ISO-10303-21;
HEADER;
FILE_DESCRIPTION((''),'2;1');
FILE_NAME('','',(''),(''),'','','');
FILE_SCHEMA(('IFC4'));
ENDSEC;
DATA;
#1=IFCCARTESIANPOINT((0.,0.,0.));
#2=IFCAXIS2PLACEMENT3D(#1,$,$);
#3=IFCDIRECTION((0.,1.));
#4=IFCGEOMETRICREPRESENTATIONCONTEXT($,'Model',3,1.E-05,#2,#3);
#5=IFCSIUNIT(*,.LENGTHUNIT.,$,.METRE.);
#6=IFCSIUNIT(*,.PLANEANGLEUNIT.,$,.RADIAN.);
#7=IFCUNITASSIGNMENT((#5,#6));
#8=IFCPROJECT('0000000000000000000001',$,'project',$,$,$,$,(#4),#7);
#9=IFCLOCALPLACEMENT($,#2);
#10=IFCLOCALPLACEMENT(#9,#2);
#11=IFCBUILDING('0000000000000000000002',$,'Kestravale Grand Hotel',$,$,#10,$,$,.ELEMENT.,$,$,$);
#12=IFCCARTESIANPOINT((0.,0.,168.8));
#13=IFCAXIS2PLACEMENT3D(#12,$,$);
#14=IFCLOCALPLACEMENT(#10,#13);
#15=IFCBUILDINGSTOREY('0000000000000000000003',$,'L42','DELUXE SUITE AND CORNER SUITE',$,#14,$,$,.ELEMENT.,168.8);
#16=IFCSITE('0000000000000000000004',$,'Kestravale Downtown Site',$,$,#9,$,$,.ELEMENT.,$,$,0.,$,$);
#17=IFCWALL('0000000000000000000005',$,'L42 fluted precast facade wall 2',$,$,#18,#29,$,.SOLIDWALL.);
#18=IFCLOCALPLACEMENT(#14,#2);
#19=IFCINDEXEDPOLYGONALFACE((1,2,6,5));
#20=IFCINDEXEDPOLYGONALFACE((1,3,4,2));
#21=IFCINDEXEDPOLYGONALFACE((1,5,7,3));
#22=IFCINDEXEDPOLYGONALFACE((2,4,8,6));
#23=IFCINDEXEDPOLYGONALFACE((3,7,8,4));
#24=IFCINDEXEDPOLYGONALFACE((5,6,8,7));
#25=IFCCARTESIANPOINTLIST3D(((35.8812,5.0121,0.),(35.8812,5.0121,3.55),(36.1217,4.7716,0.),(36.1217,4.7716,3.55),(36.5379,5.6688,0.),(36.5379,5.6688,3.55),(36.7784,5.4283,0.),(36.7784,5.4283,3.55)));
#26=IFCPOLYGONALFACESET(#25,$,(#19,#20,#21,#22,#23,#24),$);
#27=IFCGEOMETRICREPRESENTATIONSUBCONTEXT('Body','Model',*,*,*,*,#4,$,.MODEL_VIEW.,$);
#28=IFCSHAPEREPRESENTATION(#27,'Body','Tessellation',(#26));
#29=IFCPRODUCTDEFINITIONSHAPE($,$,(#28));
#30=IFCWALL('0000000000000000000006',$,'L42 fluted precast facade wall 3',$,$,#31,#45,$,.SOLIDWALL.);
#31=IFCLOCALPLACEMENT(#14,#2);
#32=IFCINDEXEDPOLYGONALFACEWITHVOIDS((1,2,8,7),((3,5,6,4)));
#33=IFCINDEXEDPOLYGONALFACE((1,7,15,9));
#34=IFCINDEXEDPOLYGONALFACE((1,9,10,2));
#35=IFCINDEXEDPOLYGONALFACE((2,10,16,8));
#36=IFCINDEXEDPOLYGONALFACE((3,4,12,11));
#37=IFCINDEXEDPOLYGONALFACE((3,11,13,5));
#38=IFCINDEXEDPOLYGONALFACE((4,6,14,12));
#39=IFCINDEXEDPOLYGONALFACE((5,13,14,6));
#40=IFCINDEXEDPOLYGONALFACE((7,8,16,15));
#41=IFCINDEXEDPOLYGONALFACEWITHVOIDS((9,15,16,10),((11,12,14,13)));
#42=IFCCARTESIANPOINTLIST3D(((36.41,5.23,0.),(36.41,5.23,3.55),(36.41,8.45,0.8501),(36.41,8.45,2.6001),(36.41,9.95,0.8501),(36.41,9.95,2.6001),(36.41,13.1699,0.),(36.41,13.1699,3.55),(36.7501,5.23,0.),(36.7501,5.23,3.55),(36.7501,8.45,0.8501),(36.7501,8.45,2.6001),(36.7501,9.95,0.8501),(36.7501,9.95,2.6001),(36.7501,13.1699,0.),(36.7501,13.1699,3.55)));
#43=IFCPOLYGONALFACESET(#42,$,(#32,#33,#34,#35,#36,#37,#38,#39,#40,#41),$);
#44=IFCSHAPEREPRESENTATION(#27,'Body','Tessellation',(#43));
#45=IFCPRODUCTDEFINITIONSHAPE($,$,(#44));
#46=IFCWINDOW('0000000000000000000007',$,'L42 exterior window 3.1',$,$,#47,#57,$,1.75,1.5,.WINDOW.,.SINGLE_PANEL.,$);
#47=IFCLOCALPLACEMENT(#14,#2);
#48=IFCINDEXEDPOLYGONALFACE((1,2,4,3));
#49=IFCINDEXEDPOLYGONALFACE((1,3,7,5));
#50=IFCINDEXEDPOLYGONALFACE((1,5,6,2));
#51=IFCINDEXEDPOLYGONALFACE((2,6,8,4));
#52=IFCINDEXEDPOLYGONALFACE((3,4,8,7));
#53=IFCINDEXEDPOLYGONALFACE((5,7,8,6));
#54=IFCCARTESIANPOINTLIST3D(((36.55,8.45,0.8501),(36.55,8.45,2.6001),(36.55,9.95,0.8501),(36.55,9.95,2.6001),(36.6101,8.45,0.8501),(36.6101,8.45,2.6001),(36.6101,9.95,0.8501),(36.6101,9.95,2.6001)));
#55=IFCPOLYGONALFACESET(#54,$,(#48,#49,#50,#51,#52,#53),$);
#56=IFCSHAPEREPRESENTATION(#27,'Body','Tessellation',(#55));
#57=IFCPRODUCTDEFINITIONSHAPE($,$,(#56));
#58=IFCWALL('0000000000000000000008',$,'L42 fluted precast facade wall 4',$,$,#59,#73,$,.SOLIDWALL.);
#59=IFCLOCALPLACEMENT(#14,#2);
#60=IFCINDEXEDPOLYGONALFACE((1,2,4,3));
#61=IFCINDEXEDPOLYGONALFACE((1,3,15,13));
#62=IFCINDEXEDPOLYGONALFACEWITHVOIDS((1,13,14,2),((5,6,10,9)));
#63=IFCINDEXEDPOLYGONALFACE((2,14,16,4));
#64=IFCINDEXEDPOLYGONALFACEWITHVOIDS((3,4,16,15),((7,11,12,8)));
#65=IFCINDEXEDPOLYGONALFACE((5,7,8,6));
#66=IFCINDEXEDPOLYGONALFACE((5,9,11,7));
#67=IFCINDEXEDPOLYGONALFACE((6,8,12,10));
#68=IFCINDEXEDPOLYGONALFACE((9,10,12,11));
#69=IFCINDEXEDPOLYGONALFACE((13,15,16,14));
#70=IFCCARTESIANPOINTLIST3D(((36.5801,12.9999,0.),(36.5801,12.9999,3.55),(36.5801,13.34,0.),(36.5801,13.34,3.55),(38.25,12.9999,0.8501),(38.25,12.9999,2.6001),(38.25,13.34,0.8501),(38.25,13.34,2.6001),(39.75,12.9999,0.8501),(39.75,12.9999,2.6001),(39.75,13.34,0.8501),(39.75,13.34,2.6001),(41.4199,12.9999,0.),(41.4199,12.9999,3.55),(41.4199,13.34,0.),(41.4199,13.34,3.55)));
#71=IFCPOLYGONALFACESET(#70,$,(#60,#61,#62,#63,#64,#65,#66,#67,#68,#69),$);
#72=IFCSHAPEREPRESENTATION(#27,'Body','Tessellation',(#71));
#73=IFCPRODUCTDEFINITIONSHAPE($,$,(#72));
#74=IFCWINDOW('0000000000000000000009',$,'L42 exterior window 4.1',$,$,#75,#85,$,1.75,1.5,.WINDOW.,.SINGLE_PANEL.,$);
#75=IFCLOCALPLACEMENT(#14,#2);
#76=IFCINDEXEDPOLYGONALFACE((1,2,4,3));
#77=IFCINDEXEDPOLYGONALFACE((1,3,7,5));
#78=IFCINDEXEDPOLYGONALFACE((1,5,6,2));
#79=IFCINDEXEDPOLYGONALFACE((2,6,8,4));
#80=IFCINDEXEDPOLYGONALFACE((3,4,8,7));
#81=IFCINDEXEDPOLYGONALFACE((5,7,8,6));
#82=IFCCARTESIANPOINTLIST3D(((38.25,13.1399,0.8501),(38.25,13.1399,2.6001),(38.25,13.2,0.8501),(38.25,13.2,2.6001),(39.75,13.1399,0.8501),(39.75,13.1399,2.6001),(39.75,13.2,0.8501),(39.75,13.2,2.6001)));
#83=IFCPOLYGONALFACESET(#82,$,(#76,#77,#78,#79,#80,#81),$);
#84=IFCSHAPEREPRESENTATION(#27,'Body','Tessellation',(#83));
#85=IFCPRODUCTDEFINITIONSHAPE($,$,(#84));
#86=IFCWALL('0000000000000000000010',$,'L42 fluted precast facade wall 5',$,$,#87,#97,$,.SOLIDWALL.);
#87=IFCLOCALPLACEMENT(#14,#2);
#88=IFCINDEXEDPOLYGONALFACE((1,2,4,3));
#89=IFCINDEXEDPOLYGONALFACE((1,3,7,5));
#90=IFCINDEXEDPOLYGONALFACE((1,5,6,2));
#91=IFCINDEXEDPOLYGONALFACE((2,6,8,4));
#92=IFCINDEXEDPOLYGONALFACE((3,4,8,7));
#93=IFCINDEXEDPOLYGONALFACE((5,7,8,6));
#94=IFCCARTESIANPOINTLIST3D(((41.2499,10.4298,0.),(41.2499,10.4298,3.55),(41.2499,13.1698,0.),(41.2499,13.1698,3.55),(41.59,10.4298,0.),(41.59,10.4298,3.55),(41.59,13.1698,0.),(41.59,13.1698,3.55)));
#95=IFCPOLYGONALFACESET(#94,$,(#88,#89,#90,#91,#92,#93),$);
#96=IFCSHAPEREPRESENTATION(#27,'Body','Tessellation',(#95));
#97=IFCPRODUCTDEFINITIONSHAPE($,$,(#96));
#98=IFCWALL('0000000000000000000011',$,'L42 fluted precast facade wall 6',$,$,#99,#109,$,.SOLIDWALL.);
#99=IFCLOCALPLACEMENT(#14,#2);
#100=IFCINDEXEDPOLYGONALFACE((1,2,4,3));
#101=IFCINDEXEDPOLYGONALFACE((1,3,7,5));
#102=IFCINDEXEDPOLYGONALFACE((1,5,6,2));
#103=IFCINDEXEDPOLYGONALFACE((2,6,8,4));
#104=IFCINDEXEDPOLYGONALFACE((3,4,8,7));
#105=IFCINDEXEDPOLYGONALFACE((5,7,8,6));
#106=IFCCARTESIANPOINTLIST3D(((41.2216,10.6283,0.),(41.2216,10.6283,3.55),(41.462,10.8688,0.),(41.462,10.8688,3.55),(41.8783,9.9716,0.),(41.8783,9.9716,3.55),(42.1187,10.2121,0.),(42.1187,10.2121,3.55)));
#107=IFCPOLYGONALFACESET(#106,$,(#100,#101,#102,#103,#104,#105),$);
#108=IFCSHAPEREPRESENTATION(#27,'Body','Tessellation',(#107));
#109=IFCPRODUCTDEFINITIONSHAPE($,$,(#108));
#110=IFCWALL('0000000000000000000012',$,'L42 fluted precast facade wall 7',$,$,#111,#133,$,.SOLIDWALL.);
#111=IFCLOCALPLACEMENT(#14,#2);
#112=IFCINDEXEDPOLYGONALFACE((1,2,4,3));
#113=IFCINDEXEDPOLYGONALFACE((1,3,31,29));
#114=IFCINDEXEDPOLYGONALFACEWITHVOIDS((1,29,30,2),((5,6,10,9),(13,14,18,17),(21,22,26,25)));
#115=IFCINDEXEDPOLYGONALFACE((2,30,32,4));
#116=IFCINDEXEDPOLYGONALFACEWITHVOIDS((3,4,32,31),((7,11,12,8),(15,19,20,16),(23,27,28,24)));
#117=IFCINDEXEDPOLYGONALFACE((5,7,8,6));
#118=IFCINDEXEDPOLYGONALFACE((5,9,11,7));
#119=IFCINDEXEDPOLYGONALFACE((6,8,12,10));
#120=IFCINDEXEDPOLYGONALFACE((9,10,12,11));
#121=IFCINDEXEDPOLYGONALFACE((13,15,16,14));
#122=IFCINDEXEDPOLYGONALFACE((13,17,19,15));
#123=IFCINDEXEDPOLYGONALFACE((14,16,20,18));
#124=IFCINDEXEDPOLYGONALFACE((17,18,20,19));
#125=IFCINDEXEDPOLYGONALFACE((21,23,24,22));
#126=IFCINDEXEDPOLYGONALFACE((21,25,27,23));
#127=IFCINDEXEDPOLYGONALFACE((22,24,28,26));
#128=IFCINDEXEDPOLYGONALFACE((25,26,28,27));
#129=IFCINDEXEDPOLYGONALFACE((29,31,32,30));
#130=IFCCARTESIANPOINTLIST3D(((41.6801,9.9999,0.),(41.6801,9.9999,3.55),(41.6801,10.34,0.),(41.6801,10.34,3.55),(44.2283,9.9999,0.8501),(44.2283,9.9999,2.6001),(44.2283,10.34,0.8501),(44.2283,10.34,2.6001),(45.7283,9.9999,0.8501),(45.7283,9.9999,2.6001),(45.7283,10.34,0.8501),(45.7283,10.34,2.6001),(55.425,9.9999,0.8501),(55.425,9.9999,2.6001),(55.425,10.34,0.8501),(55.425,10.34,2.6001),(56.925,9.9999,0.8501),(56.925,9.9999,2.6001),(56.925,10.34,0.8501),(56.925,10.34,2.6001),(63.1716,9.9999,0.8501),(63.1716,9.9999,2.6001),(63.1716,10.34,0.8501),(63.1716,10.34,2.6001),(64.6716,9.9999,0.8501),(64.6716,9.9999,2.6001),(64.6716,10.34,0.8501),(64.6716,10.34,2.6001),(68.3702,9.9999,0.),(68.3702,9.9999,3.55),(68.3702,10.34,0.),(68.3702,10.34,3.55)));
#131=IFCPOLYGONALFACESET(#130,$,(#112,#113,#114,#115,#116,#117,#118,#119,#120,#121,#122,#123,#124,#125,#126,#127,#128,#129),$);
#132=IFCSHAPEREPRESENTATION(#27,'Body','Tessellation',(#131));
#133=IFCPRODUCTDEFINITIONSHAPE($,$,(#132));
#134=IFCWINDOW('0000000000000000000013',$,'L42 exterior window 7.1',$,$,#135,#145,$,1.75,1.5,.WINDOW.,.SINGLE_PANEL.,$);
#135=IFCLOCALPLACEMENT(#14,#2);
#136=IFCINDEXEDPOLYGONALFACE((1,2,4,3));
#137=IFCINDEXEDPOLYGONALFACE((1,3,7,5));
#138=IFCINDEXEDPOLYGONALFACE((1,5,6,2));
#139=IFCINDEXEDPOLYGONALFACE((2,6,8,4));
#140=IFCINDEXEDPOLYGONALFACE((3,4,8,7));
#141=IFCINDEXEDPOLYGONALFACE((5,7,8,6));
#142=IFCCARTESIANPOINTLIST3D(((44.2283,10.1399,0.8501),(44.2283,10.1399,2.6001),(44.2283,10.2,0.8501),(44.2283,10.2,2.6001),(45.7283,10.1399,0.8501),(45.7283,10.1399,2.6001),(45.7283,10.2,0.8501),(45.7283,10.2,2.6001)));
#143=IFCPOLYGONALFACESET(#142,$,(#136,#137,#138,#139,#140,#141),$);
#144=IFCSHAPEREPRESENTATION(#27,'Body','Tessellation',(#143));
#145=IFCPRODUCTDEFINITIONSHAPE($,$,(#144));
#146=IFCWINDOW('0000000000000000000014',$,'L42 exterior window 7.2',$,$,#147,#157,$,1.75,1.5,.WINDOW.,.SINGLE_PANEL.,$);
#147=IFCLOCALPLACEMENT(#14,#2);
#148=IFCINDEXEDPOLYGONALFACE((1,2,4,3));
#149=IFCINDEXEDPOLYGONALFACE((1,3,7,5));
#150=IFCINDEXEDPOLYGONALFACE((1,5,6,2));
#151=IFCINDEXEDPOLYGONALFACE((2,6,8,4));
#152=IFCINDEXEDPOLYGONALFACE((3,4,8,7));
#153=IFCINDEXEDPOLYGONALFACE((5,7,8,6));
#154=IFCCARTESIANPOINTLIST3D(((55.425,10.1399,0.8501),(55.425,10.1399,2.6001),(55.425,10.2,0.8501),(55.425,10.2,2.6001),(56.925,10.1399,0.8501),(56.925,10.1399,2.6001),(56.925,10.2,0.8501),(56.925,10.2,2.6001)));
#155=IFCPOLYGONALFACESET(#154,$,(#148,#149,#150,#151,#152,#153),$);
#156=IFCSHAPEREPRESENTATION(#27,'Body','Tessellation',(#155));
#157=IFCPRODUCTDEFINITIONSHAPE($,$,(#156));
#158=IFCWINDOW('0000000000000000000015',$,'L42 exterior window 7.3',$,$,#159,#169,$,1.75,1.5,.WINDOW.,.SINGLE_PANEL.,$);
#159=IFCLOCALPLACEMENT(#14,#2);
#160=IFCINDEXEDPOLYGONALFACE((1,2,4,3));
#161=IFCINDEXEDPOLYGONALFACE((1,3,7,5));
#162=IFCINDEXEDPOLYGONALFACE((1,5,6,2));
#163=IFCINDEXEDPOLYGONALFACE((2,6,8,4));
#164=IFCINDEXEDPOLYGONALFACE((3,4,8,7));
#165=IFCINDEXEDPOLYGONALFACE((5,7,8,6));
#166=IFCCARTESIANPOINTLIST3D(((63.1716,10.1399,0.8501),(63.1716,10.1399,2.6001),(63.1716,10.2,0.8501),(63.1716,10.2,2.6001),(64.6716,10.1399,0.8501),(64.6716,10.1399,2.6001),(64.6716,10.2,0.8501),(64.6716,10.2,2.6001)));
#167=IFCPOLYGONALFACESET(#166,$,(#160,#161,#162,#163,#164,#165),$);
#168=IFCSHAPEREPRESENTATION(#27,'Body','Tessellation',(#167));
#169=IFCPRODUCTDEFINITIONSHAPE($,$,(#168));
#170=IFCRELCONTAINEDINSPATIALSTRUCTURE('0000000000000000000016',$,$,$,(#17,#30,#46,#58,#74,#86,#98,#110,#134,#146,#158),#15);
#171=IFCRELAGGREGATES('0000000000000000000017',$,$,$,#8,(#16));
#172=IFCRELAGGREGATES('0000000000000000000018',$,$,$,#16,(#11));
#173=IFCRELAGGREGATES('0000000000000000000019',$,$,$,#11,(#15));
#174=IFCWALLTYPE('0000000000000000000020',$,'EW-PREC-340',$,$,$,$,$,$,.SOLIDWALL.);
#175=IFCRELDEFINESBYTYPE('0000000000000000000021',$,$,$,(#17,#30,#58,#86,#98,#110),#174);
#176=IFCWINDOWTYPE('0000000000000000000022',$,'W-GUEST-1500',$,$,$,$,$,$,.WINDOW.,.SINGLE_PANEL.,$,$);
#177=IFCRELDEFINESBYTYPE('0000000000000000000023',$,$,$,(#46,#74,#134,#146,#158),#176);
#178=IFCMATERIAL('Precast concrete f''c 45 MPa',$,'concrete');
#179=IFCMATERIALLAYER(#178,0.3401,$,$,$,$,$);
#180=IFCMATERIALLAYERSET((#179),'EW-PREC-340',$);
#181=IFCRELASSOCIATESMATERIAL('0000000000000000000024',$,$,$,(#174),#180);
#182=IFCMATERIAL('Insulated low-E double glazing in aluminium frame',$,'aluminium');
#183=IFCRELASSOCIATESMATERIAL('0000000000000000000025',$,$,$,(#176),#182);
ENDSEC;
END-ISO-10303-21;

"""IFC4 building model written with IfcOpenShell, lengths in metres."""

from ifc_helpers import new_model, si_unit, direction, frame, frame_2d, origin, place, context, subcontext, project, spatial, rectangle, extrude, material, layer, layer_set, type_object, element, fill, save


model = new_model("IFC4")

# Units and contexts
model_context = context("Model", 3, precision=1e-05, world=origin(), true_north=direction((0.0, 1.0)))
body_context = subcontext(model_context, "Body", "Model", "MODEL_VIEW")
ifc_project = project(units=[si_unit("LENGTHUNIT", "METRE"), si_unit("PLANEANGLEUNIT", "RADIAN")], contexts=[model_context])

# Site, building, storey
site_placement = place(None, origin())
site = spatial("IfcSite", under=ifc_project, at=site_placement, Name="Kestravale Downtown Site", CompositionType="ELEMENT", RefElevation=0.0)
building_placement = place(site_placement, origin())
building = spatial("IfcBuilding", under=site, at=building_placement, Name="Kestravale Grand Hotel", CompositionType="ELEMENT")
storey_placement = place(building_placement, frame((0.0, 0.0, 168.8)))
storey = spatial("IfcBuildingStorey", under=building, at=storey_placement, Name="L42", Description="DELUXE SUITE AND CORNER SUITE", CompositionType="ELEMENT", Elevation=168.8)

# Wall
ifc_material_1 = material(Name="Precast concrete f'c 45 MPa", Category="concrete")
ifc_layer_1 = layer(ifc_material_1, 0.3401)
ifc_layer_set_1 = layer_set([ifc_layer_1], Name="EW-PREC-340")
wall_type_1 = type_object("IfcWallType", Name="EW-PREC-340", PredefinedType="SOLIDWALL", material=ifc_layer_set_1)
wall_1_placement = place(storey_placement, frame((36.0015, 4.8918, 0.0), z_axis=(0.0, 0.0, 1.0), x_axis=(0.707107, 0.707107, 0.0)))
element("IfcWall", 1, at=wall_1_placement, inside=storey, type_object=wall_type_1, Name="L42 fluted precast facade wall 2", PredefinedType="SOLIDWALL", context=body_context, shape_type="SweptSolid", body=[
    extrude(rectangle(XDim=0.9287, YDim=0.3401, at=frame_2d((0.4644, 0.0))), origin(), (0.0, 0.0, 1.0), 3.55),
])

# Walls, openings, windows
wall_2_placement = place(storey_placement, frame((36.5801, 5.23, 0.0), z_axis=(0.0, 0.0, 1.0), x_axis=(0.0, 1.0, 0.0)))
wall_2 = element("IfcWall", 2, at=wall_2_placement, inside=storey, type_object=wall_type_1, Name="L42 fluted precast facade wall 3", PredefinedType="SOLIDWALL", context=body_context, shape_type="SweptSolid", body=[
    extrude(rectangle(XDim=7.9399, YDim=0.3401, at=frame_2d((3.97, 0.0))), origin(), (0.0, 0.0, 1.0), 3.55),
])
opening_1_placement = place(wall_2_placement, frame((3.22, 0.0, 0.8501)))
opening_1 = element("IfcOpeningElement", 3, at=opening_1_placement, cuts=wall_2, PredefinedType="OPENING", context=body_context, shape_type="SweptSolid", body=[
    extrude(rectangle(XDim=1.5, YDim=1.75, at=frame_2d((0.75, 0.875))), frame((0.0, 0.1799, 0.0), z_axis=(0.0, -1.0, 0.0), x_axis=(1.0, 0.0, 0.0)), (0.0, 0.0, 1.0), 0.3601),
])
ifc_material_2 = material(Name="Insulated low-E double glazing in aluminium frame", Category="aluminium")
window_type = type_object("IfcWindowType", Name="W-GUEST-1500", PartitioningType="SINGLE_PANEL", PredefinedType="WINDOW", material=ifc_material_2)
window_1_placement = place(opening_1_placement, origin())
window_1 = element("IfcWindow", 4, at=window_1_placement, inside=storey, type_object=window_type, Name="L42 exterior window 3.1", OverallHeight=1.75, OverallWidth=1.5, PartitioningType="SINGLE_PANEL", PredefinedType="WINDOW", context=body_context, shape_type="SweptSolid", body=[
    extrude(rectangle(XDim=1.5, YDim=1.75, at=frame_2d((0.75, 0.875))), frame((0.0, 0.03, 0.0), z_axis=(0.0, -1.0, 0.0), x_axis=(1.0, 0.0, 0.0)), (0.0, 0.0, 1.0), 0.0601),
])
fill(opening_1, window_1)
wall_3_placement = place(storey_placement, frame((36.5801, 13.1699, 0.0), z_axis=(0.0, 0.0, 1.0), x_axis=(1.0, 0.0, 0.0)))
wall_3 = element("IfcWall", 5, at=wall_3_placement, inside=storey, type_object=wall_type_1, Name="L42 fluted precast facade wall 4", PredefinedType="SOLIDWALL", context=body_context, shape_type="SweptSolid", body=[
    extrude(rectangle(XDim=4.8398, YDim=0.3401, at=frame_2d((2.4199, 0.0))), origin(), (0.0, 0.0, 1.0), 3.55),
])
opening_2_placement = place(wall_3_placement, frame((1.6699, 0.0, 0.8501)))
opening_2 = element("IfcOpeningElement", 6, at=opening_2_placement, cuts=wall_3, PredefinedType="OPENING", context=body_context, shape_type="SweptSolid", body=[
    extrude(rectangle(XDim=1.5, YDim=1.75, at=frame_2d((0.75, 0.875))), frame((0.0, 0.1799, 0.0), z_axis=(0.0, -1.0, 0.0), x_axis=(1.0, 0.0, 0.0)), (0.0, 0.0, 1.0), 0.3601),
])
window_2_placement = place(opening_2_placement, origin())
window_2 = element("IfcWindow", 7, at=window_2_placement, inside=storey, type_object=window_type, Name="L42 exterior window 4.1", OverallHeight=1.75, OverallWidth=1.5, PartitioningType="SINGLE_PANEL", PredefinedType="WINDOW", context=body_context, shape_type="SweptSolid", body=[
    extrude(rectangle(XDim=1.5, YDim=1.75, at=frame_2d((0.75, 0.875))), frame((0.0, 0.03, 0.0), z_axis=(0.0, -1.0, 0.0), x_axis=(1.0, 0.0, 0.0)), (0.0, 0.0, 1.0), 0.0601),
])
fill(opening_2, window_2)

# Walls
wall_4_placement = place(storey_placement, frame((41.4199, 13.1699, 0.0), z_axis=(0.0, 0.0, 1.0), x_axis=(0.0, -1.0, 0.0)))
element("IfcWall", 8, at=wall_4_placement, inside=storey, type_object=wall_type_1, Name="L42 fluted precast facade wall 5", PredefinedType="SOLIDWALL", context=body_context, shape_type="SweptSolid", body=[
    extrude(rectangle(XDim=2.74, YDim=0.3401, at=frame_2d((1.3701, 0.0))), origin(), (0.0, 0.0, 1.0), 3.55),
])
wall_5_placement = place(storey_placement, frame((41.3418, 10.7485, 0.0), z_axis=(0.0, 0.0, 1.0), x_axis=(0.707107, -0.707107, 0.0)))
element("IfcWall", 9, at=wall_5_placement, inside=storey, type_object=wall_type_1, Name="L42 fluted precast facade wall 6", PredefinedType="SOLIDWALL", context=body_context, shape_type="SweptSolid", body=[
    extrude(rectangle(XDim=0.9287, YDim=0.3401, at=frame_2d((0.4644, 0.0))), origin(), (0.0, 0.0, 1.0), 3.55),
])

# Wall, openings, windows
wall_6_placement = place(storey_placement, frame((41.6799, 10.1699, 0.0), z_axis=(0.0, 0.0, 1.0), x_axis=(1.0, 0.0, 0.0)))
wall_6 = element("IfcWall", 10, at=wall_6_placement, inside=storey, type_object=wall_type_1, Name="L42 fluted precast facade wall 7", PredefinedType="SOLIDWALL", context=body_context, shape_type="SweptSolid", body=[
    extrude(rectangle(XDim=26.6902, YDim=0.3401, at=frame_2d((13.3452, 0.0))), origin(), (0.0, 0.0, 1.0), 3.55),
])
opening_3_placement = place(wall_6_placement, frame((2.5483, 0.0, 0.8501)))
opening_3 = element("IfcOpeningElement", 11, at=opening_3_placement, cuts=wall_6, PredefinedType="OPENING", context=body_context, shape_type="SweptSolid", body=[
    extrude(rectangle(XDim=1.5, YDim=1.75, at=frame_2d((0.75, 0.875))), frame((0.0, 0.1799, 0.0), z_axis=(0.0, -1.0, 0.0), x_axis=(1.0, 0.0, 0.0)), (0.0, 0.0, 1.0), 0.3601),
])
opening_4_placement = place(wall_6_placement, frame((13.7451, 0.0, 0.8501)))
opening_4 = element("IfcOpeningElement", 12, at=opening_4_placement, cuts=wall_6, PredefinedType="OPENING", context=body_context, shape_type="SweptSolid", body=[
    extrude(rectangle(XDim=1.5, YDim=1.75, at=frame_2d((0.75, 0.875))), frame((0.0, 0.1799, 0.0), z_axis=(0.0, -1.0, 0.0), x_axis=(1.0, 0.0, 0.0)), (0.0, 0.0, 1.0), 0.3601),
])
opening_5_placement = place(wall_6_placement, frame((21.4917, 0.0, 0.8501)))
opening_5 = element("IfcOpeningElement", 13, at=opening_5_placement, cuts=wall_6, PredefinedType="OPENING", context=body_context, shape_type="SweptSolid", body=[
    extrude(rectangle(XDim=1.5, YDim=1.75, at=frame_2d((0.75, 0.875))), frame((0.0, 0.1799, 0.0), z_axis=(0.0, -1.0, 0.0), x_axis=(1.0, 0.0, 0.0)), (0.0, 0.0, 1.0), 0.3601),
])
window_3_placement = place(opening_3_placement, origin())
window_3 = element("IfcWindow", 14, at=window_3_placement, inside=storey, type_object=window_type, Name="L42 exterior window 7.1", OverallHeight=1.75, OverallWidth=1.5, PartitioningType="SINGLE_PANEL", PredefinedType="WINDOW", context=body_context, shape_type="SweptSolid", body=[
    extrude(rectangle(XDim=1.5, YDim=1.75, at=frame_2d((0.75, 0.875))), frame((0.0, 0.03, 0.0), z_axis=(0.0, -1.0, 0.0), x_axis=(1.0, 0.0, 0.0)), (0.0, 0.0, 1.0), 0.0601),
])
fill(opening_3, window_3)
window_4_placement = place(opening_4_placement, origin())
window_4 = element("IfcWindow", 15, at=window_4_placement, inside=storey, type_object=window_type, Name="L42 exterior window 7.2", OverallHeight=1.75, OverallWidth=1.5, PartitioningType="SINGLE_PANEL", PredefinedType="WINDOW", context=body_context, shape_type="SweptSolid", body=[
    extrude(rectangle(XDim=1.5, YDim=1.75, at=frame_2d((0.75, 0.875))), frame((0.0, 0.03, 0.0), z_axis=(0.0, -1.0, 0.0), x_axis=(1.0, 0.0, 0.0)), (0.0, 0.0, 1.0), 0.0601),
])
fill(opening_4, window_4)
window_5_placement = place(opening_5_placement, origin())
window_5 = element("IfcWindow", 16, at=window_5_placement, inside=storey, type_object=window_type, Name="L42 exterior window 7.3", OverallHeight=1.75, OverallWidth=1.5, PartitioningType="SINGLE_PANEL", PredefinedType="WINDOW", context=body_context, shape_type="SweptSolid", body=[
    extrude(rectangle(XDim=1.5, YDim=1.75, at=frame_2d((0.75, 0.875))), frame((0.0, 0.03, 0.0), z_axis=(0.0, -1.0, 0.0), x_axis=(1.0, 0.0, 0.0)), (0.0, 0.0, 1.0), 0.0601),
])
fill(opening_5, window_5)

save(model, "model.ifc")
